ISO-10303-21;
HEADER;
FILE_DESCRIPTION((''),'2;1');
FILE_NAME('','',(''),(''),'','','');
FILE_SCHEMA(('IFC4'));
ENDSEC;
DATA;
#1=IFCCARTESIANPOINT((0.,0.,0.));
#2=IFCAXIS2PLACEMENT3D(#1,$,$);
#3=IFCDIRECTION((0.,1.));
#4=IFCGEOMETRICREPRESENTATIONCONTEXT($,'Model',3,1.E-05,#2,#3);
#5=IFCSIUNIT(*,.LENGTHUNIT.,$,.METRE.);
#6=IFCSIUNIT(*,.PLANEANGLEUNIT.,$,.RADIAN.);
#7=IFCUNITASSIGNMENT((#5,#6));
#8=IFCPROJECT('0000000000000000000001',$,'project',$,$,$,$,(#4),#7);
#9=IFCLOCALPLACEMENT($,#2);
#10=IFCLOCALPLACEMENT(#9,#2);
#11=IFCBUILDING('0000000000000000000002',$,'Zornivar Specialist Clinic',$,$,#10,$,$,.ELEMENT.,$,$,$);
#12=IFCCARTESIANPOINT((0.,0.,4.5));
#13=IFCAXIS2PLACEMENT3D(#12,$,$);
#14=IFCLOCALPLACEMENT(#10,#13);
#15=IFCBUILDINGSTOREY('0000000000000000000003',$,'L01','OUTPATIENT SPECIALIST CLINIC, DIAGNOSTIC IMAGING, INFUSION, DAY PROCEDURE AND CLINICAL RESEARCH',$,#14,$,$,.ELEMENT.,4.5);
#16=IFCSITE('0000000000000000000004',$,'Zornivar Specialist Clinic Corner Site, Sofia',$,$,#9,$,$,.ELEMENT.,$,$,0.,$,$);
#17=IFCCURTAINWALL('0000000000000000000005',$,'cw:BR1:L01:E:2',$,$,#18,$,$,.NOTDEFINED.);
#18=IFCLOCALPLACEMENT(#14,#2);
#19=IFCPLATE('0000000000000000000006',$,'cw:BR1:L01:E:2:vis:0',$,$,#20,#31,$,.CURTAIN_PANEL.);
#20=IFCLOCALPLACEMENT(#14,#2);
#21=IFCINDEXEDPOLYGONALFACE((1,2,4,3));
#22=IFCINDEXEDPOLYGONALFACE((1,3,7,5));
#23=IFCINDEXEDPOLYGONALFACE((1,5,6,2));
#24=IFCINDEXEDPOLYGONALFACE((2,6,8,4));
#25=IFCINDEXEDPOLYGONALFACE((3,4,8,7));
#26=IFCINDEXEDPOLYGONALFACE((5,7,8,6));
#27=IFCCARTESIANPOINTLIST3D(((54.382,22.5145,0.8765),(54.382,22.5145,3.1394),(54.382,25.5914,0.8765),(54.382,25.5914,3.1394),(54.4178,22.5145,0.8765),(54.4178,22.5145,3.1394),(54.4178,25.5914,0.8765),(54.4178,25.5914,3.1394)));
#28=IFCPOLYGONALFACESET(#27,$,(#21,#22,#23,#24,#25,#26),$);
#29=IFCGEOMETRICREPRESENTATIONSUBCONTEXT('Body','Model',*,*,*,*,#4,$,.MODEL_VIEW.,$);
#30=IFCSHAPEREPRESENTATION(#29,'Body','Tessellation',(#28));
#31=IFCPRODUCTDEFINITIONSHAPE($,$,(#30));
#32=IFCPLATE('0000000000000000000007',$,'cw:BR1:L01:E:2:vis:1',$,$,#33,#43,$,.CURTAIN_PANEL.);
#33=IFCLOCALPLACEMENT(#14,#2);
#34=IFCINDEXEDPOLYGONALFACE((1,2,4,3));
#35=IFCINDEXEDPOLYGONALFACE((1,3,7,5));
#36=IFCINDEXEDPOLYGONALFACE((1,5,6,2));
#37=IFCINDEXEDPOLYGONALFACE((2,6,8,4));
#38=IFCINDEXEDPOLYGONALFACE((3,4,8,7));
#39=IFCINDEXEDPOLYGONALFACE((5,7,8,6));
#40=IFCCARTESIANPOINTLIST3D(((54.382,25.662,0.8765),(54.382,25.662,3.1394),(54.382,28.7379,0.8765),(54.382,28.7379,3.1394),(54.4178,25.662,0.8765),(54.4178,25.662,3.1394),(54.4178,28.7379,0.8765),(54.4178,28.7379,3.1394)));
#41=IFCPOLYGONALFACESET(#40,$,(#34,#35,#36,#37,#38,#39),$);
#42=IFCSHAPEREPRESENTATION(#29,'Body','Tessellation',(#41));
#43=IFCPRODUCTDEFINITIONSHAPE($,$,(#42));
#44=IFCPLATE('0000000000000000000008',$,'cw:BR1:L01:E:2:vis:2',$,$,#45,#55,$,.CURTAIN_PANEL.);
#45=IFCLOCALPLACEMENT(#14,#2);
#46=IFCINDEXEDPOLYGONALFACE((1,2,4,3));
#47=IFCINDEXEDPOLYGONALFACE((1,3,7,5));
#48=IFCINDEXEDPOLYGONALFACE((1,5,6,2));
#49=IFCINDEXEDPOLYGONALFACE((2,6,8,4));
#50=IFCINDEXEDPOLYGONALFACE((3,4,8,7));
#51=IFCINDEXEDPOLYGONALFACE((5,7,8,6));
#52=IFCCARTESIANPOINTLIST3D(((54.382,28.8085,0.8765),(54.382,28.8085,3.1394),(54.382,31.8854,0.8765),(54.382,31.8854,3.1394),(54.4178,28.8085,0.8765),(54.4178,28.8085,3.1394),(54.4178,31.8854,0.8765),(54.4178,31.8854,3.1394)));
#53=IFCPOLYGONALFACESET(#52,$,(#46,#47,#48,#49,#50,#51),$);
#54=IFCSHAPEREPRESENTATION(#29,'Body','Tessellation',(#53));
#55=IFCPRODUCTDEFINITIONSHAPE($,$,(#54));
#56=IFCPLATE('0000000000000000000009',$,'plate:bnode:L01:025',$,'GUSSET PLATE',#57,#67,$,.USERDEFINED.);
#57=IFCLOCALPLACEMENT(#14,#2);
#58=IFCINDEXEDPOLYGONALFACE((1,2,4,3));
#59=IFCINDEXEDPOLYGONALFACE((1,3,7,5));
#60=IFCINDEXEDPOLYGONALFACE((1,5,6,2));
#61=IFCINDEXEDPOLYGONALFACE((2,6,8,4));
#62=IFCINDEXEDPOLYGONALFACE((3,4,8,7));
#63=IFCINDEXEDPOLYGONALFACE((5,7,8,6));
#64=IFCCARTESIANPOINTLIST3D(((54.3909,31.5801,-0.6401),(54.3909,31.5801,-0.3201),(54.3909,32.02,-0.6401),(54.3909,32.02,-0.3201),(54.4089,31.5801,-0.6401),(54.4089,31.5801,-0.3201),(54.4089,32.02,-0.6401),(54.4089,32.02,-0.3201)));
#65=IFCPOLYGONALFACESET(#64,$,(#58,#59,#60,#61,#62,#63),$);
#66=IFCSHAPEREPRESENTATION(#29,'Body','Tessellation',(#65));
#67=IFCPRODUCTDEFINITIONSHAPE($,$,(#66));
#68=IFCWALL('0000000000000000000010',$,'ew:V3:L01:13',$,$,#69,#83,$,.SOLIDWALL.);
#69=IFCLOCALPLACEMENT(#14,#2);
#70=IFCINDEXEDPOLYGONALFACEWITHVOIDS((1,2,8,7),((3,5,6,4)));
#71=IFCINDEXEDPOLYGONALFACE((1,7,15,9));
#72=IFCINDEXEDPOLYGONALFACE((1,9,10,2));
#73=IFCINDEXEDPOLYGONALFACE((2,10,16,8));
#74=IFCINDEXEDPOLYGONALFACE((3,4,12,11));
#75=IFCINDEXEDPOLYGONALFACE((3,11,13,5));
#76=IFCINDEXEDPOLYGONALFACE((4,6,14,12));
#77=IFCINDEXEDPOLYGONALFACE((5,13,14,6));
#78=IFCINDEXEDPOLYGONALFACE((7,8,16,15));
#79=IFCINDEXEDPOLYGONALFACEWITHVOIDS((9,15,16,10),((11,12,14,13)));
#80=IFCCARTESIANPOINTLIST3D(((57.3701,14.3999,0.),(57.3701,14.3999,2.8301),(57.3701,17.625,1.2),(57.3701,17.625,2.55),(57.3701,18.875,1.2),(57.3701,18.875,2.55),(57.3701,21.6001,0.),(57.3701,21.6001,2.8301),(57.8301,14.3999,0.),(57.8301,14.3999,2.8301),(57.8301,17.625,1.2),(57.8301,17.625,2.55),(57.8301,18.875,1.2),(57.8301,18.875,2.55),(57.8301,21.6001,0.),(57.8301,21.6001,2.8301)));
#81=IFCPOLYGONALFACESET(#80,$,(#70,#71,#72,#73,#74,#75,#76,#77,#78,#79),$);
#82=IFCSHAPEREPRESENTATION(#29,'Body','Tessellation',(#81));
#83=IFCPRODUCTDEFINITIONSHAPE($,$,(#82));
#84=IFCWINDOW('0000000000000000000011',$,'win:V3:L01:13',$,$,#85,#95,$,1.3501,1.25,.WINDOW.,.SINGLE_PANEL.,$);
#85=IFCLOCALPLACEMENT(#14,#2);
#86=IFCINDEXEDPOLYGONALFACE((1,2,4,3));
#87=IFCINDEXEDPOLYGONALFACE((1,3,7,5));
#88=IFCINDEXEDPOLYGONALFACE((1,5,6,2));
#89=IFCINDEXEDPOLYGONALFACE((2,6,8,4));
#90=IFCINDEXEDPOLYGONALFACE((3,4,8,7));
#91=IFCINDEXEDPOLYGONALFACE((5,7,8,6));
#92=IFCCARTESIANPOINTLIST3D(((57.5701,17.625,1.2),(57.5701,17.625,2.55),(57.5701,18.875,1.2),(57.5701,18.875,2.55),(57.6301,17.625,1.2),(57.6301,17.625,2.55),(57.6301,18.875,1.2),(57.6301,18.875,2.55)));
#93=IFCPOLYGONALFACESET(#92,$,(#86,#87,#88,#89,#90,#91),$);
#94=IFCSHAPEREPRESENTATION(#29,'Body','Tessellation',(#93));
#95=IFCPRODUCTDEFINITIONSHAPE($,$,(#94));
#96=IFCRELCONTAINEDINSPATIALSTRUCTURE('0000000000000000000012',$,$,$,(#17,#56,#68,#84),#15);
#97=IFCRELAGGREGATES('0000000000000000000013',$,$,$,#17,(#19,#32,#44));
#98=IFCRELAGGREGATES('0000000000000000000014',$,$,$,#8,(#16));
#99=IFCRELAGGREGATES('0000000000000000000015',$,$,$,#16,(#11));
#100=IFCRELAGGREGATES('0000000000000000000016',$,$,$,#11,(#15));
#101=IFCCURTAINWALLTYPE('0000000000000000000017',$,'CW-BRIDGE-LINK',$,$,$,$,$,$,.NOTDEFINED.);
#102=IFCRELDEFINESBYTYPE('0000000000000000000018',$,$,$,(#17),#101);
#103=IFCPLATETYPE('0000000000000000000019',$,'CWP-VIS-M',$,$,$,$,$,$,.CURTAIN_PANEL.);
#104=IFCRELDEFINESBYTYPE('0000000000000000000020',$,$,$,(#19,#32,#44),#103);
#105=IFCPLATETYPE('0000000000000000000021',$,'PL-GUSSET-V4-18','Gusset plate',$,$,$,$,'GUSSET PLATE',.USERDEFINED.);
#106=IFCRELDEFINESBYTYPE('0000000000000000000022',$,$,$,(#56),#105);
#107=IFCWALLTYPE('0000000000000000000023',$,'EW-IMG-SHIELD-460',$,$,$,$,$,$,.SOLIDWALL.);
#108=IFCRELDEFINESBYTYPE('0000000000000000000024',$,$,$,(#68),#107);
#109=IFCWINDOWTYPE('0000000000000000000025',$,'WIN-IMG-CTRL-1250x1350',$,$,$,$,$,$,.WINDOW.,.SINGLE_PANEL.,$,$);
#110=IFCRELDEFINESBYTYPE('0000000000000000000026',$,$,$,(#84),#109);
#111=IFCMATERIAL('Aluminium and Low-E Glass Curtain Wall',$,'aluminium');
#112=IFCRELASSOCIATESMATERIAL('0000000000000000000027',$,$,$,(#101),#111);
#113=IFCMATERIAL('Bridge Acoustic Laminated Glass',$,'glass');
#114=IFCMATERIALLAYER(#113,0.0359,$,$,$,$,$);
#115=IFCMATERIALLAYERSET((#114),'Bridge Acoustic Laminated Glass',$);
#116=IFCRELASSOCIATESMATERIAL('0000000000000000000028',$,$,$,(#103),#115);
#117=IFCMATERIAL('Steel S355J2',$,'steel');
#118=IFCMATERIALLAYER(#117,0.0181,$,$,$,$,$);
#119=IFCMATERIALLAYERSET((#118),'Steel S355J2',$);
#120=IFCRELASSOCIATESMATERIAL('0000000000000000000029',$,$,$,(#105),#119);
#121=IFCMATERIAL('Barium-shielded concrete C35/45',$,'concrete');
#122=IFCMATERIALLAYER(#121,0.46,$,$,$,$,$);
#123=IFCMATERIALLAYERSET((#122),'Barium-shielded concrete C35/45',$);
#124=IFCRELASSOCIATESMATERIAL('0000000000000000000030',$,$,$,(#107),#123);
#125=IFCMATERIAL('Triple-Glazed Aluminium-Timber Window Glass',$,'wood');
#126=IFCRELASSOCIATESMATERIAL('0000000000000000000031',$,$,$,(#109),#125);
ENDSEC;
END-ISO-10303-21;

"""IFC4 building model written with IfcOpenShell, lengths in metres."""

from ifc_helpers import new_model, si_unit, direction, frame, frame_2d, origin, origin_2d, place, context, subcontext, project, spatial, rectangle, extrude, material, layer, layer_set, type_object, element, fill, aggregate, save


model = new_model("IFC4")

# Units and contexts
model_context = context("Model", 3, precision=1e-05, world=origin(), true_north=direction((0.0, 1.0)))
body_context = subcontext(model_context, "Body", "Model", "MODEL_VIEW")
ifc_project = project(units=[si_unit("LENGTHUNIT", "METRE"), si_unit("PLANEANGLEUNIT", "RADIAN")], contexts=[model_context])

# Site, building, storey
site_placement = place(None, origin())
site = spatial("IfcSite", under=ifc_project, at=site_placement, Name="Zornivar Specialist Clinic Corner Site, Sofia", CompositionType="ELEMENT", RefElevation=0.0)
building_placement = place(site_placement, origin())
building = spatial("IfcBuilding", under=site, at=building_placement, Name="Zornivar Specialist Clinic", CompositionType="ELEMENT")
storey_placement = place(building_placement, frame((0.0, 0.0, 4.5)))
storey = spatial("IfcBuildingStorey", under=building, at=storey_placement, Name="L01", Description="OUTPATIENT SPECIALIST CLINIC, DIAGNOSTIC IMAGING, INFUSION, DAY PROCEDURE AND CLINICAL RESEARCH", CompositionType="ELEMENT", Elevation=4.5)

# Curtain wall, plates
ifc_material_1 = material(Name="Aluminium and Low-E Glass Curtain Wall", Category="aluminium")
curtain_wall_type = type_object("IfcCurtainWallType", Name="CW-BRIDGE-LINK", PredefinedType="NOTDEFINED", material=ifc_material_1)
curtain_wall_placement = place(storey_placement, origin())
curtain_wall = element("IfcCurtainWall", 1, at=curtain_wall_placement, inside=storey, type_object=curtain_wall_type, Name="cw:BR1:L01:E:2", PredefinedType="NOTDEFINED")
ifc_material_2 = material(Name="Bridge Acoustic Laminated Glass", Category="glass")
ifc_layer_1 = layer(ifc_material_2, 0.0359)
ifc_layer_set_1 = layer_set([ifc_layer_1], Name="Bridge Acoustic Laminated Glass")
plate_type_1 = type_object("IfcPlateType", Name="CWP-VIS-M", PredefinedType="CURTAIN_PANEL", material=ifc_layer_set_1)
plate_1_placement = place(storey_placement, frame((54.3999, 24.053, 0.8765), z_axis=(0.0, 0.0, 1.0), x_axis=(0.0, 1.0, 0.0)))
plate_1 = element("IfcPlate", 2, at=plate_1_placement, type_object=plate_type_1, Name="cw:BR1:L01:E:2:vis:0", PredefinedType="CURTAIN_PANEL", context=body_context, shape_type="SweptSolid", body=[
    extrude(rectangle(XDim=3.0769, YDim=0.0359, at=origin_2d()), origin(), (0.0, 0.0, 1.0), 2.2629),
])
plate_2_placement = place(storey_placement, frame((54.3999, 27.2, 0.8765), z_axis=(0.0, 0.0, 1.0), x_axis=(0.0, 1.0, 0.0)))
plate_2 = element("IfcPlate", 3, at=plate_2_placement, type_object=plate_type_1, Name="cw:BR1:L01:E:2:vis:1", PredefinedType="CURTAIN_PANEL", context=body_context, shape_type="SweptSolid", body=[
    extrude(rectangle(XDim=3.0759, YDim=0.0359, at=origin_2d()), origin(), (0.0, 0.0, 1.0), 2.2629),
])
plate_3_placement = place(storey_placement, frame((54.3999, 30.3469, 0.8765), z_axis=(0.0, 0.0, 1.0), x_axis=(0.0, 1.0, 0.0)))
plate_3 = element("IfcPlate", 4, at=plate_3_placement, type_object=plate_type_1, Name="cw:BR1:L01:E:2:vis:2", PredefinedType="CURTAIN_PANEL", context=body_context, shape_type="SweptSolid", body=[
    extrude(rectangle(XDim=3.0769, YDim=0.0359, at=origin_2d()), origin(), (0.0, 0.0, 1.0), 2.2629),
])
aggregate(curtain_wall, [plate_1, plate_2, plate_3])

# Plate
ifc_material_3 = material(Name="Steel S355J2", Category="steel")
ifc_layer_2 = layer(ifc_material_3, 0.0181)
ifc_layer_set_2 = layer_set([ifc_layer_2], Name="Steel S355J2")
plate_type_2 = type_object("IfcPlateType", Name="PL-GUSSET-V4-18", Description="Gusset plate", ElementType="GUSSET PLATE", PredefinedType="USERDEFINED", material=ifc_layer_set_2)
plate_4_placement = place(storey_placement, frame((54.3999, 31.8, -0.6401), z_axis=(0.0, 0.0, 1.0), x_axis=(0.0, 1.0, 0.0)))
element("IfcPlate", 5, at=plate_4_placement, inside=storey, type_object=plate_type_2, Name="plate:bnode:L01:025", ObjectType="GUSSET PLATE", PredefinedType="USERDEFINED", context=body_context, shape_type="SweptSolid", body=[
    extrude(rectangle(XDim=0.4399, YDim=0.0181, at=origin_2d()), origin(), (0.0, 0.0, 1.0), 0.3201),
])

# Wall, opening, window
ifc_material_4 = material(Name="Barium-shielded concrete C35/45", Category="concrete")
ifc_layer_3 = layer(ifc_material_4, 0.46)
ifc_layer_set_3 = layer_set([ifc_layer_3], Name="Barium-shielded concrete C35/45")
wall_type = type_object("IfcWallType", Name="EW-IMG-SHIELD-460", PredefinedType="SOLIDWALL", material=ifc_layer_set_3)
wall_placement = place(storey_placement, frame((57.6001, 21.6001, 0.0), z_axis=(0.0, 0.0, 1.0), x_axis=(0.0, -1.0, 0.0)))
wall = element("IfcWall", 6, at=wall_placement, inside=storey, type_object=wall_type, Name="ew:V3:L01:13", PredefinedType="SOLIDWALL", context=body_context, shape_type="SweptSolid", body=[
    extrude(rectangle(XDim=7.2002, YDim=0.46, at=frame_2d((3.6001, 0.0))), origin(), (0.0, 0.0, 1.0), 2.8301),
])
opening_placement = place(wall_placement, frame((2.7251, 0.0, 1.2)))
opening = element("IfcOpeningElement", 7, at=opening_placement, cuts=wall, PredefinedType="OPENING", context=body_context, shape_type="SweptSolid", body=[
    extrude(rectangle(XDim=1.25, YDim=1.3501, at=frame_2d((0.625, 0.675))), frame((0.0, 0.24, 0.0), z_axis=(0.0, -1.0, 0.0), x_axis=(1.0, 0.0, 0.0)), (0.0, 0.0, 1.0), 0.48),
])
ifc_material_5 = material(Name="Triple-Glazed Aluminium-Timber Window Glass", Category="wood")
window_type = type_object("IfcWindowType", Name="WIN-IMG-CTRL-1250x1350", PartitioningType="SINGLE_PANEL", PredefinedType="WINDOW", material=ifc_material_5)
window_placement = place(opening_placement, origin())
window = element("IfcWindow", 8, at=window_placement, inside=storey, type_object=window_type, Name="win:V3:L01:13", OverallHeight=1.3501, OverallWidth=1.25, PartitioningType="SINGLE_PANEL", PredefinedType="WINDOW", context=body_context, shape_type="SweptSolid", body=[
    extrude(rectangle(XDim=1.25, YDim=1.3501, at=frame_2d((0.625, 0.675))), frame((0.0, 0.03, 0.0), z_axis=(0.0, -1.0, 0.0), x_axis=(1.0, 0.0, 0.0)), (0.0, 0.0, 1.0), 0.0601),
])
fill(opening, window)

save(model, "model.ifc")
